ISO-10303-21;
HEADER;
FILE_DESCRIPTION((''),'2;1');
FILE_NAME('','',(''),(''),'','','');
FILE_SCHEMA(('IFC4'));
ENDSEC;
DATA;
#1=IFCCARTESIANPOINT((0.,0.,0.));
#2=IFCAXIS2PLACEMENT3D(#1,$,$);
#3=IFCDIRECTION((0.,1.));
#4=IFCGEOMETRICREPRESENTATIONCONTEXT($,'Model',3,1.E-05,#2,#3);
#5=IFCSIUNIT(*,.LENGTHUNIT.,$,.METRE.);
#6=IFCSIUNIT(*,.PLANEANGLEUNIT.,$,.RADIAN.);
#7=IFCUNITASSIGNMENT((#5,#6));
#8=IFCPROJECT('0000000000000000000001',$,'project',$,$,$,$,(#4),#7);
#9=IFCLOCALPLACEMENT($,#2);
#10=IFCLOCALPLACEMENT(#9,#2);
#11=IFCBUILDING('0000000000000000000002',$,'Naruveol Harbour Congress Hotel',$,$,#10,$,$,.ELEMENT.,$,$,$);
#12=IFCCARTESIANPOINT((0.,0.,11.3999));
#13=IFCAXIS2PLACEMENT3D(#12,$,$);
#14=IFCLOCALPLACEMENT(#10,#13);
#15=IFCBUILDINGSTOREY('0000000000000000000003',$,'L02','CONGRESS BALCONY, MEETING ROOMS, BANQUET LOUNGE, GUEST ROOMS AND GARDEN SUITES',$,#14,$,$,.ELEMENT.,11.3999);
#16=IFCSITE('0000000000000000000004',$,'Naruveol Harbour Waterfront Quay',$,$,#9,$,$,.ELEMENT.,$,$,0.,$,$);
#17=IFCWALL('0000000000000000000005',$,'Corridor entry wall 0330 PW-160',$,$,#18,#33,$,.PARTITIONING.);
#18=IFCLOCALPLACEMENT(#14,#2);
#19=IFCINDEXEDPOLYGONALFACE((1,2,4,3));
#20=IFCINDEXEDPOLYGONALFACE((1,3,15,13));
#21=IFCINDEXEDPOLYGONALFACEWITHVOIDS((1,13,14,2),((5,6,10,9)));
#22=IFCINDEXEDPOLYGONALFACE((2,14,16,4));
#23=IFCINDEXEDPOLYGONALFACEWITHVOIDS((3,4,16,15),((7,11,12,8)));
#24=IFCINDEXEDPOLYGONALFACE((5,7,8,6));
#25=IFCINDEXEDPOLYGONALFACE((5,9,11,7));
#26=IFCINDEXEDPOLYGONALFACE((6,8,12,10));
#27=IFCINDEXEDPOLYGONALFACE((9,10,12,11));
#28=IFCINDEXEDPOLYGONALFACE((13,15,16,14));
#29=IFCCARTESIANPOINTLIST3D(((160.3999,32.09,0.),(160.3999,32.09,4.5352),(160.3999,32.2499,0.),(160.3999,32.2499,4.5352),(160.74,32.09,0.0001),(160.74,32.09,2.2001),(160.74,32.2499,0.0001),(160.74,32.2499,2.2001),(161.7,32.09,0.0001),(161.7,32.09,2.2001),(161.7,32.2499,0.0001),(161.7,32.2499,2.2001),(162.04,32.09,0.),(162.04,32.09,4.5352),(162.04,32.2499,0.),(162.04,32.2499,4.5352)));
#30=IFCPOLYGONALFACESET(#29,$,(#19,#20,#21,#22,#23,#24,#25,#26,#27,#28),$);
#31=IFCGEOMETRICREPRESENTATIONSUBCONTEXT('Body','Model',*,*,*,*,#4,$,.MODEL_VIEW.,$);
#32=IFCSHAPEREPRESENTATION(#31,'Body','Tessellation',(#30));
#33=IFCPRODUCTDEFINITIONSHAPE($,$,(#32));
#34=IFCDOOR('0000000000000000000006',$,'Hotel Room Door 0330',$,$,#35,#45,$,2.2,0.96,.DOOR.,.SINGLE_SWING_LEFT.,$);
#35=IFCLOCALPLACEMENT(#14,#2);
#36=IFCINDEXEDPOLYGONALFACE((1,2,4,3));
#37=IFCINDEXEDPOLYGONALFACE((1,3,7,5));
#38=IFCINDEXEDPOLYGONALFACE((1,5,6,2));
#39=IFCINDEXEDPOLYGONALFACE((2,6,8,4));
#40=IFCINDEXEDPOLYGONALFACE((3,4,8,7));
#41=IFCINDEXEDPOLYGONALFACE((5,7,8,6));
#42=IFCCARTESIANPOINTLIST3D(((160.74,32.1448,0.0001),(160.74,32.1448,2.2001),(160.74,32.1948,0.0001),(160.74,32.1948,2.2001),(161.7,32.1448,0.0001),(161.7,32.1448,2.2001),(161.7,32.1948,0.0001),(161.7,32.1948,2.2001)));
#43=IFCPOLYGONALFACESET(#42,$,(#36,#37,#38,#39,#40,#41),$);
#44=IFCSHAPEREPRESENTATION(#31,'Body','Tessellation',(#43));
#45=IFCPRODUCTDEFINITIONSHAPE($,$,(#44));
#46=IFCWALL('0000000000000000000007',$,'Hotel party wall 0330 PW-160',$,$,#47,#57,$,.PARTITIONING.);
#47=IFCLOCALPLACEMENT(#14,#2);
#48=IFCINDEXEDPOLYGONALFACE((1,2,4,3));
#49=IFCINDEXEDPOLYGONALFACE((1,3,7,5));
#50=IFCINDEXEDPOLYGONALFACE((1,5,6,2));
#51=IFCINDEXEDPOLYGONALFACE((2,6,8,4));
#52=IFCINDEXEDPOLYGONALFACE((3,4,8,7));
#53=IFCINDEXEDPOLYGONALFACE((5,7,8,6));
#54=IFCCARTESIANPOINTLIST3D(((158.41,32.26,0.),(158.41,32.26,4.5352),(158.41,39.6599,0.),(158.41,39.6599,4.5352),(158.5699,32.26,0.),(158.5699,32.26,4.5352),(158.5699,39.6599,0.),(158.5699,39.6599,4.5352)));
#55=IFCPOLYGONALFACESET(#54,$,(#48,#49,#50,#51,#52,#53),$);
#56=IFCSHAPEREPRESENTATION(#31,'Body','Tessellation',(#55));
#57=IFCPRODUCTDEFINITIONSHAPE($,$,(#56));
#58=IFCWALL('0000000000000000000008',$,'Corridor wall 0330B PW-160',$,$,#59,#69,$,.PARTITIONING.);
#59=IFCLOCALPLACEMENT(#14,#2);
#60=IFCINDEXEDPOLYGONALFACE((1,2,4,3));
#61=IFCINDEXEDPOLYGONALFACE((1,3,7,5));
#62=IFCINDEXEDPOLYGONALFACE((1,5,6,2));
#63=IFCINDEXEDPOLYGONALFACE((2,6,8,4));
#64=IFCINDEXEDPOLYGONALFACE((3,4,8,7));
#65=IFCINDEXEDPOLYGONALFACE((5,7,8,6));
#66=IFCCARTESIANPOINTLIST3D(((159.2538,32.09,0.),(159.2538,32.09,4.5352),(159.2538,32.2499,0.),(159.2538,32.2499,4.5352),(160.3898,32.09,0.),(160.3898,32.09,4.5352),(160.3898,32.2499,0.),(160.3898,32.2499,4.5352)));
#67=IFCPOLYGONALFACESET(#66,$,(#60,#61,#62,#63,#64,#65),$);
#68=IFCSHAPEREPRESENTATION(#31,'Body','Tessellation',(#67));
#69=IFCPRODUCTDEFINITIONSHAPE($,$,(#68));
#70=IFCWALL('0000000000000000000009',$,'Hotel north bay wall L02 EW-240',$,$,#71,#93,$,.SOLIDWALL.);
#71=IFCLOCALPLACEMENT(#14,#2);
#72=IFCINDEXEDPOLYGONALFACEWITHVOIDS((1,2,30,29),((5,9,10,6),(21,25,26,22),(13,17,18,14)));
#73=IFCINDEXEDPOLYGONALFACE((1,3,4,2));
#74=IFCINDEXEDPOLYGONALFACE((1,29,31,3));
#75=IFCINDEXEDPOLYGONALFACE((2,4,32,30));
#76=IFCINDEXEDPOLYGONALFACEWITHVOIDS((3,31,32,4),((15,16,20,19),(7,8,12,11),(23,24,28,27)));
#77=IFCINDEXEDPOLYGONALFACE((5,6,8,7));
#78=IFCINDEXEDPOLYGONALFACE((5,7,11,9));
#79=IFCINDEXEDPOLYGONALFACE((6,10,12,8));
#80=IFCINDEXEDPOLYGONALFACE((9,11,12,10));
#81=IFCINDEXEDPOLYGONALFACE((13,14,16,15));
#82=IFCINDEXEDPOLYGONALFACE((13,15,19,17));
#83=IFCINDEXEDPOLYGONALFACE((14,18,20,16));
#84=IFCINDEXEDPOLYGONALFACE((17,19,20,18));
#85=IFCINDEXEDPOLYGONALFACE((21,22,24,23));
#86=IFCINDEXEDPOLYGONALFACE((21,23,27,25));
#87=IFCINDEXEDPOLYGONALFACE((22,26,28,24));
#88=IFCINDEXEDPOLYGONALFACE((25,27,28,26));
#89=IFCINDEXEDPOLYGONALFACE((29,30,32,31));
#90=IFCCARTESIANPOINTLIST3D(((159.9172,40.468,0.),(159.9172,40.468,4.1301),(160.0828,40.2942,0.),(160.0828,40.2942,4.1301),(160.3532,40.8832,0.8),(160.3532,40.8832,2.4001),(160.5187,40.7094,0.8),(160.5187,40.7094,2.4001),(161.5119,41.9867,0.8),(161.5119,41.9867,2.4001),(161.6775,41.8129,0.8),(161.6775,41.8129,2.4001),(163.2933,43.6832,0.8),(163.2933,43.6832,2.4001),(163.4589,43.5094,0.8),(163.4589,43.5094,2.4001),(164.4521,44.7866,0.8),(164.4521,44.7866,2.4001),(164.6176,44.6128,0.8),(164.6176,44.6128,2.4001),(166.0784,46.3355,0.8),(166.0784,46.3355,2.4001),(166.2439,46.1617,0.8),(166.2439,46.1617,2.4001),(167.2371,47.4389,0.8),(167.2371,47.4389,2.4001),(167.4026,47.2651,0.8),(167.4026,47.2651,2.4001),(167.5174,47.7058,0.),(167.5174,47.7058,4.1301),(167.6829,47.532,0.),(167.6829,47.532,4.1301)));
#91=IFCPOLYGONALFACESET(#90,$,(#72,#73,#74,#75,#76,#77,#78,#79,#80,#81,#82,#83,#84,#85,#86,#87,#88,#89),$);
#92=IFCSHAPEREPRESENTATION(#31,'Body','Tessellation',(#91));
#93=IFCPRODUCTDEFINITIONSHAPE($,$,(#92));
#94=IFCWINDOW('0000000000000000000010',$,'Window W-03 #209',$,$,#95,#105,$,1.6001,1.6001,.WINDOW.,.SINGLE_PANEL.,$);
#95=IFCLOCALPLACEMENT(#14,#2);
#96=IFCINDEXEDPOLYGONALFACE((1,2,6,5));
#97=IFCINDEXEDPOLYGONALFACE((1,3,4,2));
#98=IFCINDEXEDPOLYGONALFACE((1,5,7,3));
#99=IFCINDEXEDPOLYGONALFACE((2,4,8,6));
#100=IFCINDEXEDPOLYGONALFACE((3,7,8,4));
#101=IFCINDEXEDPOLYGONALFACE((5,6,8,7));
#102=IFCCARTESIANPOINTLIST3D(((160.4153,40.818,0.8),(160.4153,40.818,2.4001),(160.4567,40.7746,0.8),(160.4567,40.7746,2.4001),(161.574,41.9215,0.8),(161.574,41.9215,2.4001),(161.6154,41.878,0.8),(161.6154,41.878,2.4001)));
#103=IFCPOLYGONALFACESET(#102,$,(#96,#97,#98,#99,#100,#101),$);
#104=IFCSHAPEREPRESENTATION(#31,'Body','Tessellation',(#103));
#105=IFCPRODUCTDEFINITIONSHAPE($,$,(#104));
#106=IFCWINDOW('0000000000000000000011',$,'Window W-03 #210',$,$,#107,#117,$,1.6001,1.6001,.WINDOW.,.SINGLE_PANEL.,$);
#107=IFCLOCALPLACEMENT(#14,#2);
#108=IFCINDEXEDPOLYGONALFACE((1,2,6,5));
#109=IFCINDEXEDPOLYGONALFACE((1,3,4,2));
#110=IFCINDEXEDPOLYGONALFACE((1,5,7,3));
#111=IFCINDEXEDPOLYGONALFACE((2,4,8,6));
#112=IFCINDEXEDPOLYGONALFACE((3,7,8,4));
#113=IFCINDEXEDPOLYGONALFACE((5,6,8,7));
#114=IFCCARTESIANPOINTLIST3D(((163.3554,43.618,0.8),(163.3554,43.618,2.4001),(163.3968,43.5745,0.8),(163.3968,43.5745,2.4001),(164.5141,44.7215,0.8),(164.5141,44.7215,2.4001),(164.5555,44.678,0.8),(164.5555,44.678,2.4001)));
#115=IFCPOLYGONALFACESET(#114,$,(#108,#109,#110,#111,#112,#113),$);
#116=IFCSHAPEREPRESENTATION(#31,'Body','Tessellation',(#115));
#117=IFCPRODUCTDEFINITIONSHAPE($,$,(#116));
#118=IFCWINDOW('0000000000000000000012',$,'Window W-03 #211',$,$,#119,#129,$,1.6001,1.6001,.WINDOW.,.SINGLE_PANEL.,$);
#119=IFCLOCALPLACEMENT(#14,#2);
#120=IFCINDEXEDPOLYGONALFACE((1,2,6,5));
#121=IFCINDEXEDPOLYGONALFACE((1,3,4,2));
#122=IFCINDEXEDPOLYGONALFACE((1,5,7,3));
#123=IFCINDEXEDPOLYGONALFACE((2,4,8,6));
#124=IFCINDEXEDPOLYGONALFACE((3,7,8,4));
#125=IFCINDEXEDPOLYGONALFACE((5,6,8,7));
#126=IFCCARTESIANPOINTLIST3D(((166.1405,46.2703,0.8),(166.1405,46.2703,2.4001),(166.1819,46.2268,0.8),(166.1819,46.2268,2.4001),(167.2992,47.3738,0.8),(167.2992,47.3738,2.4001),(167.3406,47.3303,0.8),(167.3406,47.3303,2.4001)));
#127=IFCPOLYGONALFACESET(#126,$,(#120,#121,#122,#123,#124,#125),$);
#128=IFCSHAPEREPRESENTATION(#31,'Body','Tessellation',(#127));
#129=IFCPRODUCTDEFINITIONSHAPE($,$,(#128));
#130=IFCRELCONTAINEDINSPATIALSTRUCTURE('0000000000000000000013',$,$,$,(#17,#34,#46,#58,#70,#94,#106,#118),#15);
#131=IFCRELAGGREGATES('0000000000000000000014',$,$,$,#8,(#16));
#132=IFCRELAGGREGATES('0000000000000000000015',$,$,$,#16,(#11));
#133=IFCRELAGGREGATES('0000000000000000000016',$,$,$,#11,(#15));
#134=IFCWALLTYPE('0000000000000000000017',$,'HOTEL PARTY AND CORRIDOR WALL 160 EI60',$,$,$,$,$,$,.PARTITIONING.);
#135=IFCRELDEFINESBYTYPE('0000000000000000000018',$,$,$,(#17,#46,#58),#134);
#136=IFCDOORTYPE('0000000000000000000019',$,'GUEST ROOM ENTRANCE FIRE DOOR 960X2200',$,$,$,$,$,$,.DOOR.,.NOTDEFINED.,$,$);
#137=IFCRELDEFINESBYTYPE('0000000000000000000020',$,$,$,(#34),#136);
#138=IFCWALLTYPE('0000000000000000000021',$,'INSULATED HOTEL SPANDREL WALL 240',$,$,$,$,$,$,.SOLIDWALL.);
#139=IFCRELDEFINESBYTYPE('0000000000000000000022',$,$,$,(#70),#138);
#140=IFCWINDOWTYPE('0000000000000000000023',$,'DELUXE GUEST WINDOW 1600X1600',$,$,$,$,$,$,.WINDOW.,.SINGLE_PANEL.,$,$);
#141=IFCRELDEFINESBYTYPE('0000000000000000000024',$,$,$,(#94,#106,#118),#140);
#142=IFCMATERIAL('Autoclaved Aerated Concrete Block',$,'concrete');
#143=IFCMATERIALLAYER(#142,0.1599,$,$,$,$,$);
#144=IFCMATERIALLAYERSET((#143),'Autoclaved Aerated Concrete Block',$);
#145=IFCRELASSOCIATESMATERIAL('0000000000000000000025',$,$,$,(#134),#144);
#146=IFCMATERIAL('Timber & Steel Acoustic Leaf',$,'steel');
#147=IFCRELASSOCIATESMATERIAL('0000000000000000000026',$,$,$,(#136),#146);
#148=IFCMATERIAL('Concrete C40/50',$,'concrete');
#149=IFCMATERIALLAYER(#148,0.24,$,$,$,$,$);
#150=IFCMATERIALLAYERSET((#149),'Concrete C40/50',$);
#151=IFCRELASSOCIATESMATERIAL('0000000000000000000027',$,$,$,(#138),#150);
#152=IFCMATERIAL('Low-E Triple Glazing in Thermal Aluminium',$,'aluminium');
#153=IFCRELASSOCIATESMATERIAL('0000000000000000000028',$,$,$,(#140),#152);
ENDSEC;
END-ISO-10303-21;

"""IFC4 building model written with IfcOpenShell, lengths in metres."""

from ifc_helpers import new_model, si_unit, direction, frame, frame_2d, origin, place, context, subcontext, project, spatial, rectangle, extrude, material, layer, layer_set, type_object, element, fill, save


model = new_model("IFC4")

# Units and contexts
model_context = context("Model", 3, precision=1e-05, world=origin(), true_north=direction((0.0, 1.0)))
body_context = subcontext(model_context, "Body", "Model", "MODEL_VIEW")
ifc_project = project(units=[si_unit("LENGTHUNIT", "METRE"), si_unit("PLANEANGLEUNIT", "RADIAN")], contexts=[model_context])

# Site, building, storey
site_placement = place(None, origin())
site = spatial("IfcSite", under=ifc_project, at=site_placement, Name="Naruveol Harbour Waterfront Quay", CompositionType="ELEMENT", RefElevation=0.0)
building_placement = place(site_placement, origin())
building = spatial("IfcBuilding", under=site, at=building_placement, Name="Naruveol Harbour Congress Hotel", CompositionType="ELEMENT")
storey_placement = place(building_placement, frame((0.0, 0.0, 11.3999)))
storey = spatial("IfcBuildingStorey", under=building, at=storey_placement, Name="L02", Description="CONGRESS BALCONY, MEETING ROOMS, BANQUET LOUNGE, GUEST ROOMS AND GARDEN SUITES", CompositionType="ELEMENT", Elevation=11.3999)

# Shared definitions
ifc_material_1 = material(Name="Autoclaved Aerated Concrete Block", Category="concrete")
ifc_layer_1 = layer(ifc_material_1, 0.1599)
ifc_layer_set_1 = layer_set([ifc_layer_1], Name="Autoclaved Aerated Concrete Block")
wall_type_1 = type_object("IfcWallType", Name="HOTEL PARTY AND CORRIDOR WALL 160 EI60", PredefinedType="PARTITIONING", material=ifc_layer_set_1)
ifc_material_2 = material(Name="Timber & Steel Acoustic Leaf", Category="steel")
door_type_1 = type_object("IfcDoorType", Name="GUEST ROOM ENTRANCE FIRE DOOR 960X2200", OperationType="NOTDEFINED", PredefinedType="DOOR", material=ifc_material_2)

# Wall, opening, door
wall_1_placement = place(storey_placement, frame((160.3999, 32.1699, 0.0), z_axis=(0.0, 0.0, 1.0), x_axis=(1.0, 0.0, 0.0)))
wall_1 = element("IfcWall", 1, at=wall_1_placement, inside=storey, type_object=wall_type_1, Name="Corridor entry wall 0330 PW-160", PredefinedType="PARTITIONING", context=body_context, shape_type="SweptSolid", body=[
    extrude(rectangle(XDim=1.6401, YDim=0.1599, at=frame_2d((0.8201, 0.0))), origin(), (0.0, 0.0, 1.0), 4.5352),
])
opening_1_placement = place(wall_1_placement, frame((0.3401, 0.0, 0.0)))
opening_1 = element("IfcOpeningElement", 2, at=opening_1_placement, cuts=wall_1, PredefinedType="OPENING", context=body_context, shape_type="SweptSolid", body=[
    extrude(rectangle(XDim=0.96, YDim=2.2, at=frame_2d((0.48, 1.1001))), frame((0.0, 0.0898, 0.0), z_axis=(0.0, -1.0, 0.0), x_axis=(1.0, 0.0, 0.0)), (0.0, 0.0, 1.0), 0.1799),
])
door_1_placement = place(opening_1_placement, origin())
door_1 = element("IfcDoor", 3, at=door_1_placement, inside=storey, type_object=door_type_1, Name="Hotel Room Door 0330", OperationType="SINGLE_SWING_LEFT", OverallHeight=2.2, OverallWidth=0.96, PredefinedType="DOOR", context=body_context, shape_type="SweptSolid", body=[
    extrude(rectangle(XDim=0.96, YDim=2.2, at=frame_2d((0.48, 1.1001))), frame((0.0, 0.0249, 0.0), z_axis=(0.0, -1.0, 0.0), x_axis=(1.0, 0.0, 0.0)), (0.0, 0.0, 1.0), 0.05),
])
fill(opening_1, door_1)

# Walls
wall_2_placement = place(storey_placement, frame((158.49, 32.26, 0.0), z_axis=(0.0, 0.0, 1.0), x_axis=(0.0, 1.0, 0.0)))
element("IfcWall", 4, at=wall_2_placement, inside=storey, type_object=wall_type_1, Name="Hotel party wall 0330 PW-160", PredefinedType="PARTITIONING", context=body_context, shape_type="SweptSolid", body=[
    extrude(rectangle(XDim=7.3999, YDim=0.1599, at=frame_2d((3.7, 0.0))), origin(), (0.0, 0.0, 1.0), 4.5352),
])
wall_3_placement = place(storey_placement, frame((159.2539, 32.1699, 0.0), z_axis=(0.0, 0.0, 1.0), x_axis=(1.0, 0.0, 0.0)))
element("IfcWall", 5, at=wall_3_placement, inside=storey, type_object=wall_type_1, Name="Corridor wall 0330B PW-160", PredefinedType="PARTITIONING", context=body_context, shape_type="SweptSolid", body=[
    extrude(rectangle(XDim=1.136, YDim=0.1599, at=frame_2d((0.5679, 0.0))), origin(), (0.0, 0.0, 1.0), 4.5352),
])

# Wall, openings, windows
ifc_material_3 = material(Name="Concrete C40/50", Category="concrete")
ifc_layer_2 = layer(ifc_material_3, 0.24)
ifc_layer_set_2 = layer_set([ifc_layer_2], Name="Concrete C40/50")
wall_type_2 = type_object("IfcWallType", Name="INSULATED HOTEL SPANDREL WALL 240", PredefinedType="SOLIDWALL", material=ifc_layer_set_2)
wall_4_placement = place(storey_placement, frame((160.0, 40.3811, 0.0), z_axis=(0.0, 0.0, 1.0), x_axis=(0.724157, 0.689635, 0.0)))
wall_4 = element("IfcWall", 6, at=wall_4_placement, inside=storey, type_object=wall_type_2, Name="Hotel north bay wall L02 EW-240", PredefinedType="SOLIDWALL", context=body_context, shape_type="SweptSolid", body=[
    extrude(rectangle(XDim=10.4951, YDim=0.24, at=frame_2d((5.2476, 0.0))), origin(), (0.0, 0.0, 1.0), 4.1301),
])
opening_2_placement = place(wall_4_placement, frame((0.6021, 0.0, 0.8)))
opening_2 = element("IfcOpeningElement", 7, at=opening_2_placement, cuts=wall_4, PredefinedType="OPENING", context=body_context, shape_type="SweptSolid", body=[
    extrude(rectangle(XDim=1.6001, YDim=1.6001, at=frame_2d((0.8, 0.8))), frame((0.0, 0.1299, 0.0), z_axis=(0.0, -1.0, 0.0), x_axis=(1.0, 0.0, 0.0)), (0.0, 0.0, 1.0), 0.26),
])
opening_3_placement = place(wall_4_placement, frame((4.6621, 0.0, 0.8)))
opening_3 = element("IfcOpeningElement", 8, at=opening_3_placement, cuts=wall_4, PredefinedType="OPENING", context=body_context, shape_type="SweptSolid", body=[
    extrude(rectangle(XDim=1.6001, YDim=1.6001, at=frame_2d((0.8, 0.8))), frame((0.0, 0.1299, 0.0), z_axis=(0.0, -1.0, 0.0), x_axis=(1.0, 0.0, 0.0)), (0.0, 0.0, 1.0), 0.26),
])
opening_4_placement = place(wall_4_placement, frame((8.5081, 0.0, 0.8)))
opening_4 = element("IfcOpeningElement", 9, at=opening_4_placement, cuts=wall_4, PredefinedType="OPENING", context=body_context, shape_type="SweptSolid", body=[
    extrude(rectangle(XDim=1.6001, YDim=1.6001, at=frame_2d((0.8, 0.8))), frame((0.0, 0.1299, 0.0), z_axis=(0.0, -1.0, 0.0), x_axis=(1.0, 0.0, 0.0)), (0.0, 0.0, 1.0), 0.26),
])
ifc_material_4 = material(Name="Low-E Triple Glazing in Thermal Aluminium", Category="aluminium")
window_type = type_object("IfcWindowType", Name="DELUXE GUEST WINDOW 1600X1600", PartitioningType="SINGLE_PANEL", PredefinedType="WINDOW", material=ifc_material_4)
window_1_placement = place(opening_2_placement, origin())
window_1 = element("IfcWindow", 10, at=window_1_placement, inside=storey, type_object=window_type, Name="Window W-03 #209", OverallHeight=1.6001, OverallWidth=1.6001, PartitioningType="SINGLE_PANEL", PredefinedType="WINDOW", context=body_context, shape_type="SweptSolid", body=[
    extrude(rectangle(XDim=1.6001, YDim=1.6001, at=frame_2d((0.8, 0.8))), frame((0.0, 0.03, 0.0), z_axis=(0.0, -1.0, 0.0), x_axis=(1.0, 0.0, 0.0)), (0.0, 0.0, 1.0), 0.0601),
])
fill(opening_2, window_1)
window_2_placement = place(opening_3_placement, origin())
window_2 = element("IfcWindow", 11, at=window_2_placement, inside=storey, type_object=window_type, Name="Window W-03 #210", OverallHeight=1.6001, OverallWidth=1.6001, PartitioningType="SINGLE_PANEL", PredefinedType="WINDOW", context=body_context, shape_type="SweptSolid", body=[
    extrude(rectangle(XDim=1.6001, YDim=1.6001, at=frame_2d((0.8, 0.8))), frame((0.0, 0.03, 0.0), z_axis=(0.0, -1.0, 0.0), x_axis=(1.0, 0.0, 0.0)), (0.0, 0.0, 1.0), 0.0601),
])
fill(opening_3, window_2)
window_3_placement = place(opening_4_placement, origin())
window_3 = element("IfcWindow", 12, at=window_3_placement, inside=storey, type_object=window_type, Name="Window W-03 #211", OverallHeight=1.6001, OverallWidth=1.6001, PartitioningType="SINGLE_PANEL", PredefinedType="WINDOW", context=body_context, shape_type="SweptSolid", body=[
    extrude(rectangle(XDim=1.6001, YDim=1.6001, at=frame_2d((0.8, 0.8))), frame((0.0, 0.03, 0.0), z_axis=(0.0, -1.0, 0.0), x_axis=(1.0, 0.0, 0.0)), (0.0, 0.0, 1.0), 0.0601),
])
fill(opening_4, window_3)

save(model, "model.ifc")
